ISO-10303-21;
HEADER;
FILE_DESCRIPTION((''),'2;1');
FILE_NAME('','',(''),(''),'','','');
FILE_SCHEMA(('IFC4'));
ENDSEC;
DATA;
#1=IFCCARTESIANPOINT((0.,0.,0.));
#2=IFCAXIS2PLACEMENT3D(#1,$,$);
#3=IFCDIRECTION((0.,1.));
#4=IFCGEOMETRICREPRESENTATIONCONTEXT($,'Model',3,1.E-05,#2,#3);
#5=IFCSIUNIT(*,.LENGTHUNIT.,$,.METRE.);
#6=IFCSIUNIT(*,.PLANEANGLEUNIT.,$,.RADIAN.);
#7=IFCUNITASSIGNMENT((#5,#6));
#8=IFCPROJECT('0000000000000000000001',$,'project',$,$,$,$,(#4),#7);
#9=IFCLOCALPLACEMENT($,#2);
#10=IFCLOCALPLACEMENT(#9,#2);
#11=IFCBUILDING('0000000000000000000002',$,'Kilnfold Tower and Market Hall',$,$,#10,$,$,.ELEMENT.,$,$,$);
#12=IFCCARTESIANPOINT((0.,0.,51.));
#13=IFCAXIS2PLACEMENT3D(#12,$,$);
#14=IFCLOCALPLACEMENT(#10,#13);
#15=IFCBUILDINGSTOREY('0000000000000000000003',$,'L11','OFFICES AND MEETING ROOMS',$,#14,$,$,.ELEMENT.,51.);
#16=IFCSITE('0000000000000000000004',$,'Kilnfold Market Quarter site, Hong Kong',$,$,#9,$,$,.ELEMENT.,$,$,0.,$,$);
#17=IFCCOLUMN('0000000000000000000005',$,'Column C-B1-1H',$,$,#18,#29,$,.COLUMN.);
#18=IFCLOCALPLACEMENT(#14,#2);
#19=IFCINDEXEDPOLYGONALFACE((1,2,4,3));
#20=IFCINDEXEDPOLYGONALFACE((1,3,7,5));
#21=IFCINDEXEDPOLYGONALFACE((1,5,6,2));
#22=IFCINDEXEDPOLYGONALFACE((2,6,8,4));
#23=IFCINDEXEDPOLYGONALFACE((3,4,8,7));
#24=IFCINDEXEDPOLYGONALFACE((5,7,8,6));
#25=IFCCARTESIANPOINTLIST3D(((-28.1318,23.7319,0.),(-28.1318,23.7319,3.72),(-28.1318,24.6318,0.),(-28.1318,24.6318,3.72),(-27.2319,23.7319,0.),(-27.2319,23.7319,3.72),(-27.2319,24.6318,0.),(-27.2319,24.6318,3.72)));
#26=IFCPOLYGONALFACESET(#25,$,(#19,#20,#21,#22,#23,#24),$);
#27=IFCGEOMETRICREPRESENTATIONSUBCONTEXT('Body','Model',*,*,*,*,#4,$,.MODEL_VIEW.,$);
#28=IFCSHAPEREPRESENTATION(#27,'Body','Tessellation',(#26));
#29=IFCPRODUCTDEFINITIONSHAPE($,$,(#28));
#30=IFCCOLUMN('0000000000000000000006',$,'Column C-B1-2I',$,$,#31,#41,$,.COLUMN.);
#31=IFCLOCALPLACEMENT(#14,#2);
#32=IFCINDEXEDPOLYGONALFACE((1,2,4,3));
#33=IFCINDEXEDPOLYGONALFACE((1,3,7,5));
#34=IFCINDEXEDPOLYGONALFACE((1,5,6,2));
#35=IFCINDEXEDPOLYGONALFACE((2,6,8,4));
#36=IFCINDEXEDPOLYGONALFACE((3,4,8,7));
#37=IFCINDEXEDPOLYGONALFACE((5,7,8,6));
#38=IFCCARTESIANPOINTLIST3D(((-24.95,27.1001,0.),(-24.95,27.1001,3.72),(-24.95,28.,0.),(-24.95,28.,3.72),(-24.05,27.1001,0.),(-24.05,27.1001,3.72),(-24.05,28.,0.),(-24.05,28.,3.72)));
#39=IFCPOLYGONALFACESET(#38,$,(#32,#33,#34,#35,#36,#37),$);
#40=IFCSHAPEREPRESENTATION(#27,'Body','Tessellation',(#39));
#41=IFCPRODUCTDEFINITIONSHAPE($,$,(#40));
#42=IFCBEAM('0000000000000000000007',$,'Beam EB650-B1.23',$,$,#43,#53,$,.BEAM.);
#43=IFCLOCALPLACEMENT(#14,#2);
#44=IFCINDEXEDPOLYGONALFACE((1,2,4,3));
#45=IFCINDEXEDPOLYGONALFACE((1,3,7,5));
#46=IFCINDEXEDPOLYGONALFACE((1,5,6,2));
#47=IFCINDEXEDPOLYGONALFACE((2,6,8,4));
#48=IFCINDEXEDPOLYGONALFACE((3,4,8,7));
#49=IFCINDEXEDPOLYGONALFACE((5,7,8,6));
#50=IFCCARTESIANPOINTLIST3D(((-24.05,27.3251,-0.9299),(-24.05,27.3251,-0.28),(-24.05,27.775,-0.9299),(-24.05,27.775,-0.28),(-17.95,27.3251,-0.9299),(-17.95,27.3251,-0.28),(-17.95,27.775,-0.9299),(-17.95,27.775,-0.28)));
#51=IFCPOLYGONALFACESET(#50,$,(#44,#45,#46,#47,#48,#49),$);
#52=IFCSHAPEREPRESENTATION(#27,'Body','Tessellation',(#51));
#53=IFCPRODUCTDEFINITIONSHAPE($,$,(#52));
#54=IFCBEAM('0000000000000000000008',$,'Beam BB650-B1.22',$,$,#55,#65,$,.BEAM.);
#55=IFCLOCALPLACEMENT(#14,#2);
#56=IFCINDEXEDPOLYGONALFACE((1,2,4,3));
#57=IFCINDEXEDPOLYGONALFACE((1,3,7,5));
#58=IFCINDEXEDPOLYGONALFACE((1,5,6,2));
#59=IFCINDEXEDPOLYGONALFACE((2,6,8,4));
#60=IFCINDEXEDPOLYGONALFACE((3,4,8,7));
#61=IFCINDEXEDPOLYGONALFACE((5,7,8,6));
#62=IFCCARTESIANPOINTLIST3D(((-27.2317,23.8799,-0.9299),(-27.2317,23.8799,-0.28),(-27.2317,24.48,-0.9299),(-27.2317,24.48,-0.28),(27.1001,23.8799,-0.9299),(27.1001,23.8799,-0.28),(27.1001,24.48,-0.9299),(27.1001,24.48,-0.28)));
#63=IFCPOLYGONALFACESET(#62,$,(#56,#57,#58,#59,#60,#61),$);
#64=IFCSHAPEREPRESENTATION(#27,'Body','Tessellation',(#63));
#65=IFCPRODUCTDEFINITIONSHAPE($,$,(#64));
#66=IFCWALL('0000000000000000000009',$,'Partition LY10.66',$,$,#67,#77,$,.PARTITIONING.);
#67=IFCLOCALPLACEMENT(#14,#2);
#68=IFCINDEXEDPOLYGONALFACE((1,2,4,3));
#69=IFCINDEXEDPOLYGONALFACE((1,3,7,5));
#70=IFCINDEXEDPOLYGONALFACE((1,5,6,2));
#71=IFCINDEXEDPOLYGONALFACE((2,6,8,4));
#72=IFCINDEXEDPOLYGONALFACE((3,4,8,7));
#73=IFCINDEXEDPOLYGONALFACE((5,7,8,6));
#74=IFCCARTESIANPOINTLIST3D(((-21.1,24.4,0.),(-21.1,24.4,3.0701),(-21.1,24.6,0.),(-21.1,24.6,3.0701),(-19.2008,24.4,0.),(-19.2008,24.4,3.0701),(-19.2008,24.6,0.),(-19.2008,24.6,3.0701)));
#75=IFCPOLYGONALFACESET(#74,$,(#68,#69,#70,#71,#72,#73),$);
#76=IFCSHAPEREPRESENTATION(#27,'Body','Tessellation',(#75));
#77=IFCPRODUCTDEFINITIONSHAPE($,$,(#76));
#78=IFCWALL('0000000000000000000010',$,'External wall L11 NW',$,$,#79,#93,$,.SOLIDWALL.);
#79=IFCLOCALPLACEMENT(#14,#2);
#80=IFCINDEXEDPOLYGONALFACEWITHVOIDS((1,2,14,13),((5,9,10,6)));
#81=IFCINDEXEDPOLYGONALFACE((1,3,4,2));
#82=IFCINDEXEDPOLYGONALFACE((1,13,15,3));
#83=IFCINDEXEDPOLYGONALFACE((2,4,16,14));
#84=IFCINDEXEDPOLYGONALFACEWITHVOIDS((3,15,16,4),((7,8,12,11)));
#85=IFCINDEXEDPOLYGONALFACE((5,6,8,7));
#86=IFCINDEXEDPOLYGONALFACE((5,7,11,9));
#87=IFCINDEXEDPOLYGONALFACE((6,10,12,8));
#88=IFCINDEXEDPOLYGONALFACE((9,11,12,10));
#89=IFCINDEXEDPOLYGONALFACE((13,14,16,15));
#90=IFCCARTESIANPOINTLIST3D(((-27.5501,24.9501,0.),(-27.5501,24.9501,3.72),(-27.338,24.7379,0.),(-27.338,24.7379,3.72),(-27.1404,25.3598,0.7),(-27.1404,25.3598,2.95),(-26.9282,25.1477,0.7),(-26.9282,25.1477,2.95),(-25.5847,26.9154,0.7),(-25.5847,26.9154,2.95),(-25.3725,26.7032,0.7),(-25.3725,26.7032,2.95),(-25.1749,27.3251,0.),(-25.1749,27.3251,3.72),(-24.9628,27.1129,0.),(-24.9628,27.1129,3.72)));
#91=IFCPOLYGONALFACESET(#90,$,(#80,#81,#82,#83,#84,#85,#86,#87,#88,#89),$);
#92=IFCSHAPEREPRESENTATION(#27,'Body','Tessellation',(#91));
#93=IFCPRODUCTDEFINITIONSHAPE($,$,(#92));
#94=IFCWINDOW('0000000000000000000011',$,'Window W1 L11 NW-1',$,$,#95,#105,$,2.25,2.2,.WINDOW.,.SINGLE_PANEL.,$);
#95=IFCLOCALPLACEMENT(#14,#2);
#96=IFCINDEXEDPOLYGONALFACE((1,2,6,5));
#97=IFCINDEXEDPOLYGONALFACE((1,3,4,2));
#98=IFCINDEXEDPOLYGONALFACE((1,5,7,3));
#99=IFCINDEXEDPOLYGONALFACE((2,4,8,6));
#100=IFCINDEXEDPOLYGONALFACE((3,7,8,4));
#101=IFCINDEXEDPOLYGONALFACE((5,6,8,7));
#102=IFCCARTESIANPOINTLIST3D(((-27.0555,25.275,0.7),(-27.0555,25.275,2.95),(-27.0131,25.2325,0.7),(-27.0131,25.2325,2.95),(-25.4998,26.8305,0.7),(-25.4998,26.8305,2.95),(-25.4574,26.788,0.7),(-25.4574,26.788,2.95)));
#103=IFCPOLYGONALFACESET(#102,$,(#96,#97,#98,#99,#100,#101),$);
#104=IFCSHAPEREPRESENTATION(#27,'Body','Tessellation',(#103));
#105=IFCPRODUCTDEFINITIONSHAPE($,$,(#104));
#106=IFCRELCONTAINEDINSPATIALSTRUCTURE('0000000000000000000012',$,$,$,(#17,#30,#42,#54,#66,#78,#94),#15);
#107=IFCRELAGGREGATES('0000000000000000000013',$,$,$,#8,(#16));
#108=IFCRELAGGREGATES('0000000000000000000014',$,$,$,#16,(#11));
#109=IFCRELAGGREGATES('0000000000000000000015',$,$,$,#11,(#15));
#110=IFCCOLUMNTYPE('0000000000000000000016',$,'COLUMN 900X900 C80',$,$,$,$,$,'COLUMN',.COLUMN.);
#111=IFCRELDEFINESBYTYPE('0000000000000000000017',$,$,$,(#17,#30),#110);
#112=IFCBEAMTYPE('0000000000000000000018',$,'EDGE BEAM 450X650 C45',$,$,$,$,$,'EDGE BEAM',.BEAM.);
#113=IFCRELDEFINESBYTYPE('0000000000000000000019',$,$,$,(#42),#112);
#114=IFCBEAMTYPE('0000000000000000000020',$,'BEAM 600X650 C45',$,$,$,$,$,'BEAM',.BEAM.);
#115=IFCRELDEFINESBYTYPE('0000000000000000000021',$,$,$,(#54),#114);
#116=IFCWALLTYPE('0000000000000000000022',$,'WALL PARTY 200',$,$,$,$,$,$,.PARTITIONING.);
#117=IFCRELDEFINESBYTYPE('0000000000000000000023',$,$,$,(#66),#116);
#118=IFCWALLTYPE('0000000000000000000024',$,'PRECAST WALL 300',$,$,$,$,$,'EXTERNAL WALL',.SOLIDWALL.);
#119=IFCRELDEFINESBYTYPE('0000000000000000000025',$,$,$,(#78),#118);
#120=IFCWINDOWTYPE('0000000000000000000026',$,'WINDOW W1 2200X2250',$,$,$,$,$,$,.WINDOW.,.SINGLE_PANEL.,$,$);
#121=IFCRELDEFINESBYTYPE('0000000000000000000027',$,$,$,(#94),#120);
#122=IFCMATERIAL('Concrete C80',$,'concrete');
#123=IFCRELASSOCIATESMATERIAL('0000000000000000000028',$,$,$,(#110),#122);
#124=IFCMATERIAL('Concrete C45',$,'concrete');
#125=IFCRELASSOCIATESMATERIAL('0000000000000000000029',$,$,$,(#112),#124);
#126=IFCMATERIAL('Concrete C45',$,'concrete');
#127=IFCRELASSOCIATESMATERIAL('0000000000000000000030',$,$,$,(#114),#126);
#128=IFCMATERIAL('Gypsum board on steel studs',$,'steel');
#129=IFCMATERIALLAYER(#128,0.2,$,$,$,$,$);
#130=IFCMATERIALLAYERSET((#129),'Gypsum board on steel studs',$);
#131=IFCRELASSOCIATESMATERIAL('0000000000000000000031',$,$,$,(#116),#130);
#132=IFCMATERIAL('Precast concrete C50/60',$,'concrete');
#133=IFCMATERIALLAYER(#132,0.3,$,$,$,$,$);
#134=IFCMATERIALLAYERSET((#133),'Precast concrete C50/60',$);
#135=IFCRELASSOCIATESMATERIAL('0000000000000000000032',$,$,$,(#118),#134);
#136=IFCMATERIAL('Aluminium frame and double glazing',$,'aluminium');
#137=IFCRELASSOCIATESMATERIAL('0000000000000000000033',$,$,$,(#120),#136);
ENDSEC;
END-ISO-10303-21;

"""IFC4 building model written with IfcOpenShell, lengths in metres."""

from ifc_helpers import new_model, si_unit, direction, frame, frame_2d, origin, origin_2d, place, context, subcontext, project, spatial, rectangle, extrude, source, transform, mapped, material, layer, layer_set, material_profile, profile_set, type_object, element, fill, save


model = new_model("IFC4")

# Units and contexts
model_context = context("Model", 3, precision=1e-05, world=origin(), true_north=direction((0.0, 1.0)))
body_context = subcontext(model_context, "Body", "Model", "MODEL_VIEW")
ifc_project = project(units=[si_unit("LENGTHUNIT", "METRE"), si_unit("PLANEANGLEUNIT", "RADIAN")], contexts=[model_context])

# Site, building, storey
site_placement = place(None, origin())
site = spatial("IfcSite", under=ifc_project, at=site_placement, Name="Kilnfold Market Quarter site, Hong Kong", CompositionType="ELEMENT", RefElevation=0.0)
building_placement = place(site_placement, origin())
building = spatial("IfcBuilding", under=site, at=building_placement, Name="Kilnfold Tower and Market Hall", CompositionType="ELEMENT")
storey_placement = place(building_placement, frame((0.0, 0.0, 51.0)))
storey = spatial("IfcBuildingStorey", under=building, at=storey_placement, Name="L11", Description="OFFICES AND MEETING ROOMS", CompositionType="ELEMENT", Elevation=51.0)

# Columns
ifc_material_1 = material(Name="Concrete C80", Category="concrete")
ifc_material_profile_1 = material_profile(ifc_material_1, rectangle(XDim=0.8999, YDim=0.8999, at=origin_2d()), Name="RC 900x900")
ifc_profile_set_1 = profile_set([ifc_material_profile_1], Name="Concrete C80")
column_type = type_object("IfcColumnType", Name="COLUMN 900X900 C80", ElementType="COLUMN", PredefinedType="COLUMN", material=ifc_profile_set_1)
shared_shape_1 = source(origin(), body_context, "Body", "SweptSolid", [
    extrude(rectangle(XDim=0.8999, YDim=0.8999, at=origin_2d()), origin(), (0.0, 0.0, 1.0), 3.72),
])
for number, where, z_axis, x_axis, name in (
    (1, (-27.6819, 24.1819, 0.0), (0.0, 0.0, 1.0), (1.0, 0.0, 0.0), "Column C-B1-1H"),
    (2, (-24.5, 27.55, 0.0), (0.0, 0.0, 1.0), (1.0, 0.0, 0.0), "Column C-B1-2I"),
):
    element("IfcColumn", number, at=place(storey_placement, frame(where, z_axis=z_axis, x_axis=x_axis)), inside=storey, type_object=column_type, Name=name, PredefinedType="COLUMN", context=body_context, shape_type="MappedRepresentation", body=[
        mapped(shared_shape_1, transform((0.0, 0.0, 0.0))),
    ])

# Beams
ifc_material_2 = material(Name="Concrete C45", Category="concrete")
ifc_material_profile_2 = material_profile(ifc_material_2, rectangle(XDim=0.45, YDim=0.6499, at=origin_2d()), Name="RC 450x650")
ifc_profile_set_2 = profile_set([ifc_material_profile_2], Name="Concrete C45")
beam_type_1 = type_object("IfcBeamType", Name="EDGE BEAM 450X650 C45", ElementType="EDGE BEAM", PredefinedType="BEAM", material=ifc_profile_set_2)
shared_shape_2 = source(origin(), body_context, "Body", "SweptSolid", [
    extrude(rectangle(XDim=0.45, YDim=0.6499, at=origin_2d()), origin(), (0.0, 0.0, 1.0), 6.1001),
])
beam_1_placement = place(storey_placement, frame((-24.05, 27.55, -0.605), z_axis=(1.0, 0.0, 0.0), x_axis=(0.0, 1.0, 0.0)))
element("IfcBeam", 3, at=beam_1_placement, inside=storey, type_object=beam_type_1, Name="Beam EB650-B1.23", PredefinedType="BEAM", context=body_context, shape_type="MappedRepresentation", body=[
    mapped(shared_shape_2, transform((0.0, 0.0, 0.0))),
])
ifc_material_3 = material(Name="Concrete C45", Category="concrete")
ifc_material_profile_3 = material_profile(ifc_material_3, rectangle(XDim=0.6001, YDim=0.6499, at=origin_2d()), Name="RC 600x650")
ifc_profile_set_3 = profile_set([ifc_material_profile_3], Name="Concrete C45")
beam_type_2 = type_object("IfcBeamType", Name="BEAM 600X650 C45", ElementType="BEAM", PredefinedType="BEAM", material=ifc_profile_set_3)
shared_shape_3 = source(origin(), body_context, "Body", "SweptSolid", [
    extrude(rectangle(XDim=0.6001, YDim=0.6499, at=origin_2d()), origin(), (0.0, 0.0, 1.0), 54.3318),
])
beam_2_placement = place(storey_placement, frame((-27.2317, 24.1799, -0.605), z_axis=(1.0, 0.0, 0.0), x_axis=(0.0, 1.0, 0.0)))
element("IfcBeam", 4, at=beam_2_placement, inside=storey, type_object=beam_type_2, Name="Beam BB650-B1.22", PredefinedType="BEAM", context=body_context, shape_type="MappedRepresentation", body=[
    mapped(shared_shape_3, transform((0.0, 0.0, 0.0))),
])

# Wall
ifc_material_4 = material(Name="Gypsum board on steel studs", Category="steel")
ifc_layer_1 = layer(ifc_material_4, 0.2)
ifc_layer_set_1 = layer_set([ifc_layer_1], Name="Gypsum board on steel studs")
wall_type_1 = type_object("IfcWallType", Name="WALL PARTY 200", PredefinedType="PARTITIONING", material=ifc_layer_set_1)
wall_1_placement = place(storey_placement, frame((-21.1001, 24.5, 0.0), z_axis=(0.0, 0.0, 1.0), x_axis=(1.0, 0.0, 0.0)))
element("IfcWall", 5, at=wall_1_placement, inside=storey, type_object=wall_type_1, Name="Partition LY10.66", PredefinedType="PARTITIONING", context=body_context, shape_type="SweptSolid", body=[
    extrude(rectangle(XDim=1.8992, YDim=0.2, at=frame_2d((0.9497, 0.0))), origin(), (0.0, 0.0, 1.0), 3.0701),
])

# Wall, opening, window
ifc_material_5 = material(Name="Precast concrete C50/60", Category="concrete")
ifc_layer_2 = layer(ifc_material_5, 0.3)
ifc_layer_set_2 = layer_set([ifc_layer_2], Name="Precast concrete C50/60")
wall_type_2 = type_object("IfcWallType", Name="PRECAST WALL 300", ElementType="EXTERNAL WALL", PredefinedType="SOLIDWALL", material=ifc_layer_set_2)
shared_shape_4 = source(origin(), body_context, "Body", "SweptSolid", [
    extrude(rectangle(XDim=3.3589, YDim=0.3, at=frame_2d((1.6794, 0.0))), origin(), (0.0, 0.0, 1.0), 3.72),
])
wall_2_placement = place(storey_placement, frame((-25.0688, 27.219, 0.0), z_axis=(0.0, 0.0, 1.0), x_axis=(-0.707143, -0.70707, 0.0)))
wall_2 = element("IfcWall", 6, at=wall_2_placement, inside=storey, type_object=wall_type_2, Name="External wall L11 NW", PredefinedType="SOLIDWALL", context=body_context, shape_type="MappedRepresentation", body=[
    mapped(shared_shape_4, transform((0.0, 0.0, 0.0))),
])
opening_1_placement = place(wall_2_placement, frame((0.5793, 0.0, 0.7)))
opening_1 = element("IfcOpeningElement", 7, at=opening_1_placement, cuts=wall_2, PredefinedType="OPENING", context=body_context, shape_type="SweptSolid", body=[
    extrude(rectangle(XDim=2.2, YDim=2.25, at=frame_2d((1.1001, 1.125))), frame((0.0, 0.1602, 0.0), z_axis=(0.0, -1.0, 0.0), x_axis=(1.0, 0.0, 0.0)), (0.0, 0.0, 1.0), 0.3201),
])
ifc_material_6 = material(Name="Aluminium frame and double glazing", Category="aluminium")
window_type = type_object("IfcWindowType", Name="WINDOW W1 2200X2250", PartitioningType="SINGLE_PANEL", PredefinedType="WINDOW", material=ifc_material_6)
window_1_placement = place(opening_1_placement, origin())
window_1 = element("IfcWindow", 8, at=window_1_placement, inside=storey, type_object=window_type, Name="Window W1 L11 NW-1", OverallHeight=2.25, OverallWidth=2.2, PartitioningType="SINGLE_PANEL", PredefinedType="WINDOW", context=body_context, shape_type="SweptSolid", body=[
    extrude(rectangle(XDim=2.2, YDim=2.25, at=frame_2d((1.1001, 1.125))), frame((0.0, 0.03, 0.0), z_axis=(0.0, -1.0, 0.0), x_axis=(1.0, 0.0, 0.0)), (0.0, 0.0, 1.0), 0.0601),
])
fill(opening_1, window_1)

save(model, "model.ifc")
